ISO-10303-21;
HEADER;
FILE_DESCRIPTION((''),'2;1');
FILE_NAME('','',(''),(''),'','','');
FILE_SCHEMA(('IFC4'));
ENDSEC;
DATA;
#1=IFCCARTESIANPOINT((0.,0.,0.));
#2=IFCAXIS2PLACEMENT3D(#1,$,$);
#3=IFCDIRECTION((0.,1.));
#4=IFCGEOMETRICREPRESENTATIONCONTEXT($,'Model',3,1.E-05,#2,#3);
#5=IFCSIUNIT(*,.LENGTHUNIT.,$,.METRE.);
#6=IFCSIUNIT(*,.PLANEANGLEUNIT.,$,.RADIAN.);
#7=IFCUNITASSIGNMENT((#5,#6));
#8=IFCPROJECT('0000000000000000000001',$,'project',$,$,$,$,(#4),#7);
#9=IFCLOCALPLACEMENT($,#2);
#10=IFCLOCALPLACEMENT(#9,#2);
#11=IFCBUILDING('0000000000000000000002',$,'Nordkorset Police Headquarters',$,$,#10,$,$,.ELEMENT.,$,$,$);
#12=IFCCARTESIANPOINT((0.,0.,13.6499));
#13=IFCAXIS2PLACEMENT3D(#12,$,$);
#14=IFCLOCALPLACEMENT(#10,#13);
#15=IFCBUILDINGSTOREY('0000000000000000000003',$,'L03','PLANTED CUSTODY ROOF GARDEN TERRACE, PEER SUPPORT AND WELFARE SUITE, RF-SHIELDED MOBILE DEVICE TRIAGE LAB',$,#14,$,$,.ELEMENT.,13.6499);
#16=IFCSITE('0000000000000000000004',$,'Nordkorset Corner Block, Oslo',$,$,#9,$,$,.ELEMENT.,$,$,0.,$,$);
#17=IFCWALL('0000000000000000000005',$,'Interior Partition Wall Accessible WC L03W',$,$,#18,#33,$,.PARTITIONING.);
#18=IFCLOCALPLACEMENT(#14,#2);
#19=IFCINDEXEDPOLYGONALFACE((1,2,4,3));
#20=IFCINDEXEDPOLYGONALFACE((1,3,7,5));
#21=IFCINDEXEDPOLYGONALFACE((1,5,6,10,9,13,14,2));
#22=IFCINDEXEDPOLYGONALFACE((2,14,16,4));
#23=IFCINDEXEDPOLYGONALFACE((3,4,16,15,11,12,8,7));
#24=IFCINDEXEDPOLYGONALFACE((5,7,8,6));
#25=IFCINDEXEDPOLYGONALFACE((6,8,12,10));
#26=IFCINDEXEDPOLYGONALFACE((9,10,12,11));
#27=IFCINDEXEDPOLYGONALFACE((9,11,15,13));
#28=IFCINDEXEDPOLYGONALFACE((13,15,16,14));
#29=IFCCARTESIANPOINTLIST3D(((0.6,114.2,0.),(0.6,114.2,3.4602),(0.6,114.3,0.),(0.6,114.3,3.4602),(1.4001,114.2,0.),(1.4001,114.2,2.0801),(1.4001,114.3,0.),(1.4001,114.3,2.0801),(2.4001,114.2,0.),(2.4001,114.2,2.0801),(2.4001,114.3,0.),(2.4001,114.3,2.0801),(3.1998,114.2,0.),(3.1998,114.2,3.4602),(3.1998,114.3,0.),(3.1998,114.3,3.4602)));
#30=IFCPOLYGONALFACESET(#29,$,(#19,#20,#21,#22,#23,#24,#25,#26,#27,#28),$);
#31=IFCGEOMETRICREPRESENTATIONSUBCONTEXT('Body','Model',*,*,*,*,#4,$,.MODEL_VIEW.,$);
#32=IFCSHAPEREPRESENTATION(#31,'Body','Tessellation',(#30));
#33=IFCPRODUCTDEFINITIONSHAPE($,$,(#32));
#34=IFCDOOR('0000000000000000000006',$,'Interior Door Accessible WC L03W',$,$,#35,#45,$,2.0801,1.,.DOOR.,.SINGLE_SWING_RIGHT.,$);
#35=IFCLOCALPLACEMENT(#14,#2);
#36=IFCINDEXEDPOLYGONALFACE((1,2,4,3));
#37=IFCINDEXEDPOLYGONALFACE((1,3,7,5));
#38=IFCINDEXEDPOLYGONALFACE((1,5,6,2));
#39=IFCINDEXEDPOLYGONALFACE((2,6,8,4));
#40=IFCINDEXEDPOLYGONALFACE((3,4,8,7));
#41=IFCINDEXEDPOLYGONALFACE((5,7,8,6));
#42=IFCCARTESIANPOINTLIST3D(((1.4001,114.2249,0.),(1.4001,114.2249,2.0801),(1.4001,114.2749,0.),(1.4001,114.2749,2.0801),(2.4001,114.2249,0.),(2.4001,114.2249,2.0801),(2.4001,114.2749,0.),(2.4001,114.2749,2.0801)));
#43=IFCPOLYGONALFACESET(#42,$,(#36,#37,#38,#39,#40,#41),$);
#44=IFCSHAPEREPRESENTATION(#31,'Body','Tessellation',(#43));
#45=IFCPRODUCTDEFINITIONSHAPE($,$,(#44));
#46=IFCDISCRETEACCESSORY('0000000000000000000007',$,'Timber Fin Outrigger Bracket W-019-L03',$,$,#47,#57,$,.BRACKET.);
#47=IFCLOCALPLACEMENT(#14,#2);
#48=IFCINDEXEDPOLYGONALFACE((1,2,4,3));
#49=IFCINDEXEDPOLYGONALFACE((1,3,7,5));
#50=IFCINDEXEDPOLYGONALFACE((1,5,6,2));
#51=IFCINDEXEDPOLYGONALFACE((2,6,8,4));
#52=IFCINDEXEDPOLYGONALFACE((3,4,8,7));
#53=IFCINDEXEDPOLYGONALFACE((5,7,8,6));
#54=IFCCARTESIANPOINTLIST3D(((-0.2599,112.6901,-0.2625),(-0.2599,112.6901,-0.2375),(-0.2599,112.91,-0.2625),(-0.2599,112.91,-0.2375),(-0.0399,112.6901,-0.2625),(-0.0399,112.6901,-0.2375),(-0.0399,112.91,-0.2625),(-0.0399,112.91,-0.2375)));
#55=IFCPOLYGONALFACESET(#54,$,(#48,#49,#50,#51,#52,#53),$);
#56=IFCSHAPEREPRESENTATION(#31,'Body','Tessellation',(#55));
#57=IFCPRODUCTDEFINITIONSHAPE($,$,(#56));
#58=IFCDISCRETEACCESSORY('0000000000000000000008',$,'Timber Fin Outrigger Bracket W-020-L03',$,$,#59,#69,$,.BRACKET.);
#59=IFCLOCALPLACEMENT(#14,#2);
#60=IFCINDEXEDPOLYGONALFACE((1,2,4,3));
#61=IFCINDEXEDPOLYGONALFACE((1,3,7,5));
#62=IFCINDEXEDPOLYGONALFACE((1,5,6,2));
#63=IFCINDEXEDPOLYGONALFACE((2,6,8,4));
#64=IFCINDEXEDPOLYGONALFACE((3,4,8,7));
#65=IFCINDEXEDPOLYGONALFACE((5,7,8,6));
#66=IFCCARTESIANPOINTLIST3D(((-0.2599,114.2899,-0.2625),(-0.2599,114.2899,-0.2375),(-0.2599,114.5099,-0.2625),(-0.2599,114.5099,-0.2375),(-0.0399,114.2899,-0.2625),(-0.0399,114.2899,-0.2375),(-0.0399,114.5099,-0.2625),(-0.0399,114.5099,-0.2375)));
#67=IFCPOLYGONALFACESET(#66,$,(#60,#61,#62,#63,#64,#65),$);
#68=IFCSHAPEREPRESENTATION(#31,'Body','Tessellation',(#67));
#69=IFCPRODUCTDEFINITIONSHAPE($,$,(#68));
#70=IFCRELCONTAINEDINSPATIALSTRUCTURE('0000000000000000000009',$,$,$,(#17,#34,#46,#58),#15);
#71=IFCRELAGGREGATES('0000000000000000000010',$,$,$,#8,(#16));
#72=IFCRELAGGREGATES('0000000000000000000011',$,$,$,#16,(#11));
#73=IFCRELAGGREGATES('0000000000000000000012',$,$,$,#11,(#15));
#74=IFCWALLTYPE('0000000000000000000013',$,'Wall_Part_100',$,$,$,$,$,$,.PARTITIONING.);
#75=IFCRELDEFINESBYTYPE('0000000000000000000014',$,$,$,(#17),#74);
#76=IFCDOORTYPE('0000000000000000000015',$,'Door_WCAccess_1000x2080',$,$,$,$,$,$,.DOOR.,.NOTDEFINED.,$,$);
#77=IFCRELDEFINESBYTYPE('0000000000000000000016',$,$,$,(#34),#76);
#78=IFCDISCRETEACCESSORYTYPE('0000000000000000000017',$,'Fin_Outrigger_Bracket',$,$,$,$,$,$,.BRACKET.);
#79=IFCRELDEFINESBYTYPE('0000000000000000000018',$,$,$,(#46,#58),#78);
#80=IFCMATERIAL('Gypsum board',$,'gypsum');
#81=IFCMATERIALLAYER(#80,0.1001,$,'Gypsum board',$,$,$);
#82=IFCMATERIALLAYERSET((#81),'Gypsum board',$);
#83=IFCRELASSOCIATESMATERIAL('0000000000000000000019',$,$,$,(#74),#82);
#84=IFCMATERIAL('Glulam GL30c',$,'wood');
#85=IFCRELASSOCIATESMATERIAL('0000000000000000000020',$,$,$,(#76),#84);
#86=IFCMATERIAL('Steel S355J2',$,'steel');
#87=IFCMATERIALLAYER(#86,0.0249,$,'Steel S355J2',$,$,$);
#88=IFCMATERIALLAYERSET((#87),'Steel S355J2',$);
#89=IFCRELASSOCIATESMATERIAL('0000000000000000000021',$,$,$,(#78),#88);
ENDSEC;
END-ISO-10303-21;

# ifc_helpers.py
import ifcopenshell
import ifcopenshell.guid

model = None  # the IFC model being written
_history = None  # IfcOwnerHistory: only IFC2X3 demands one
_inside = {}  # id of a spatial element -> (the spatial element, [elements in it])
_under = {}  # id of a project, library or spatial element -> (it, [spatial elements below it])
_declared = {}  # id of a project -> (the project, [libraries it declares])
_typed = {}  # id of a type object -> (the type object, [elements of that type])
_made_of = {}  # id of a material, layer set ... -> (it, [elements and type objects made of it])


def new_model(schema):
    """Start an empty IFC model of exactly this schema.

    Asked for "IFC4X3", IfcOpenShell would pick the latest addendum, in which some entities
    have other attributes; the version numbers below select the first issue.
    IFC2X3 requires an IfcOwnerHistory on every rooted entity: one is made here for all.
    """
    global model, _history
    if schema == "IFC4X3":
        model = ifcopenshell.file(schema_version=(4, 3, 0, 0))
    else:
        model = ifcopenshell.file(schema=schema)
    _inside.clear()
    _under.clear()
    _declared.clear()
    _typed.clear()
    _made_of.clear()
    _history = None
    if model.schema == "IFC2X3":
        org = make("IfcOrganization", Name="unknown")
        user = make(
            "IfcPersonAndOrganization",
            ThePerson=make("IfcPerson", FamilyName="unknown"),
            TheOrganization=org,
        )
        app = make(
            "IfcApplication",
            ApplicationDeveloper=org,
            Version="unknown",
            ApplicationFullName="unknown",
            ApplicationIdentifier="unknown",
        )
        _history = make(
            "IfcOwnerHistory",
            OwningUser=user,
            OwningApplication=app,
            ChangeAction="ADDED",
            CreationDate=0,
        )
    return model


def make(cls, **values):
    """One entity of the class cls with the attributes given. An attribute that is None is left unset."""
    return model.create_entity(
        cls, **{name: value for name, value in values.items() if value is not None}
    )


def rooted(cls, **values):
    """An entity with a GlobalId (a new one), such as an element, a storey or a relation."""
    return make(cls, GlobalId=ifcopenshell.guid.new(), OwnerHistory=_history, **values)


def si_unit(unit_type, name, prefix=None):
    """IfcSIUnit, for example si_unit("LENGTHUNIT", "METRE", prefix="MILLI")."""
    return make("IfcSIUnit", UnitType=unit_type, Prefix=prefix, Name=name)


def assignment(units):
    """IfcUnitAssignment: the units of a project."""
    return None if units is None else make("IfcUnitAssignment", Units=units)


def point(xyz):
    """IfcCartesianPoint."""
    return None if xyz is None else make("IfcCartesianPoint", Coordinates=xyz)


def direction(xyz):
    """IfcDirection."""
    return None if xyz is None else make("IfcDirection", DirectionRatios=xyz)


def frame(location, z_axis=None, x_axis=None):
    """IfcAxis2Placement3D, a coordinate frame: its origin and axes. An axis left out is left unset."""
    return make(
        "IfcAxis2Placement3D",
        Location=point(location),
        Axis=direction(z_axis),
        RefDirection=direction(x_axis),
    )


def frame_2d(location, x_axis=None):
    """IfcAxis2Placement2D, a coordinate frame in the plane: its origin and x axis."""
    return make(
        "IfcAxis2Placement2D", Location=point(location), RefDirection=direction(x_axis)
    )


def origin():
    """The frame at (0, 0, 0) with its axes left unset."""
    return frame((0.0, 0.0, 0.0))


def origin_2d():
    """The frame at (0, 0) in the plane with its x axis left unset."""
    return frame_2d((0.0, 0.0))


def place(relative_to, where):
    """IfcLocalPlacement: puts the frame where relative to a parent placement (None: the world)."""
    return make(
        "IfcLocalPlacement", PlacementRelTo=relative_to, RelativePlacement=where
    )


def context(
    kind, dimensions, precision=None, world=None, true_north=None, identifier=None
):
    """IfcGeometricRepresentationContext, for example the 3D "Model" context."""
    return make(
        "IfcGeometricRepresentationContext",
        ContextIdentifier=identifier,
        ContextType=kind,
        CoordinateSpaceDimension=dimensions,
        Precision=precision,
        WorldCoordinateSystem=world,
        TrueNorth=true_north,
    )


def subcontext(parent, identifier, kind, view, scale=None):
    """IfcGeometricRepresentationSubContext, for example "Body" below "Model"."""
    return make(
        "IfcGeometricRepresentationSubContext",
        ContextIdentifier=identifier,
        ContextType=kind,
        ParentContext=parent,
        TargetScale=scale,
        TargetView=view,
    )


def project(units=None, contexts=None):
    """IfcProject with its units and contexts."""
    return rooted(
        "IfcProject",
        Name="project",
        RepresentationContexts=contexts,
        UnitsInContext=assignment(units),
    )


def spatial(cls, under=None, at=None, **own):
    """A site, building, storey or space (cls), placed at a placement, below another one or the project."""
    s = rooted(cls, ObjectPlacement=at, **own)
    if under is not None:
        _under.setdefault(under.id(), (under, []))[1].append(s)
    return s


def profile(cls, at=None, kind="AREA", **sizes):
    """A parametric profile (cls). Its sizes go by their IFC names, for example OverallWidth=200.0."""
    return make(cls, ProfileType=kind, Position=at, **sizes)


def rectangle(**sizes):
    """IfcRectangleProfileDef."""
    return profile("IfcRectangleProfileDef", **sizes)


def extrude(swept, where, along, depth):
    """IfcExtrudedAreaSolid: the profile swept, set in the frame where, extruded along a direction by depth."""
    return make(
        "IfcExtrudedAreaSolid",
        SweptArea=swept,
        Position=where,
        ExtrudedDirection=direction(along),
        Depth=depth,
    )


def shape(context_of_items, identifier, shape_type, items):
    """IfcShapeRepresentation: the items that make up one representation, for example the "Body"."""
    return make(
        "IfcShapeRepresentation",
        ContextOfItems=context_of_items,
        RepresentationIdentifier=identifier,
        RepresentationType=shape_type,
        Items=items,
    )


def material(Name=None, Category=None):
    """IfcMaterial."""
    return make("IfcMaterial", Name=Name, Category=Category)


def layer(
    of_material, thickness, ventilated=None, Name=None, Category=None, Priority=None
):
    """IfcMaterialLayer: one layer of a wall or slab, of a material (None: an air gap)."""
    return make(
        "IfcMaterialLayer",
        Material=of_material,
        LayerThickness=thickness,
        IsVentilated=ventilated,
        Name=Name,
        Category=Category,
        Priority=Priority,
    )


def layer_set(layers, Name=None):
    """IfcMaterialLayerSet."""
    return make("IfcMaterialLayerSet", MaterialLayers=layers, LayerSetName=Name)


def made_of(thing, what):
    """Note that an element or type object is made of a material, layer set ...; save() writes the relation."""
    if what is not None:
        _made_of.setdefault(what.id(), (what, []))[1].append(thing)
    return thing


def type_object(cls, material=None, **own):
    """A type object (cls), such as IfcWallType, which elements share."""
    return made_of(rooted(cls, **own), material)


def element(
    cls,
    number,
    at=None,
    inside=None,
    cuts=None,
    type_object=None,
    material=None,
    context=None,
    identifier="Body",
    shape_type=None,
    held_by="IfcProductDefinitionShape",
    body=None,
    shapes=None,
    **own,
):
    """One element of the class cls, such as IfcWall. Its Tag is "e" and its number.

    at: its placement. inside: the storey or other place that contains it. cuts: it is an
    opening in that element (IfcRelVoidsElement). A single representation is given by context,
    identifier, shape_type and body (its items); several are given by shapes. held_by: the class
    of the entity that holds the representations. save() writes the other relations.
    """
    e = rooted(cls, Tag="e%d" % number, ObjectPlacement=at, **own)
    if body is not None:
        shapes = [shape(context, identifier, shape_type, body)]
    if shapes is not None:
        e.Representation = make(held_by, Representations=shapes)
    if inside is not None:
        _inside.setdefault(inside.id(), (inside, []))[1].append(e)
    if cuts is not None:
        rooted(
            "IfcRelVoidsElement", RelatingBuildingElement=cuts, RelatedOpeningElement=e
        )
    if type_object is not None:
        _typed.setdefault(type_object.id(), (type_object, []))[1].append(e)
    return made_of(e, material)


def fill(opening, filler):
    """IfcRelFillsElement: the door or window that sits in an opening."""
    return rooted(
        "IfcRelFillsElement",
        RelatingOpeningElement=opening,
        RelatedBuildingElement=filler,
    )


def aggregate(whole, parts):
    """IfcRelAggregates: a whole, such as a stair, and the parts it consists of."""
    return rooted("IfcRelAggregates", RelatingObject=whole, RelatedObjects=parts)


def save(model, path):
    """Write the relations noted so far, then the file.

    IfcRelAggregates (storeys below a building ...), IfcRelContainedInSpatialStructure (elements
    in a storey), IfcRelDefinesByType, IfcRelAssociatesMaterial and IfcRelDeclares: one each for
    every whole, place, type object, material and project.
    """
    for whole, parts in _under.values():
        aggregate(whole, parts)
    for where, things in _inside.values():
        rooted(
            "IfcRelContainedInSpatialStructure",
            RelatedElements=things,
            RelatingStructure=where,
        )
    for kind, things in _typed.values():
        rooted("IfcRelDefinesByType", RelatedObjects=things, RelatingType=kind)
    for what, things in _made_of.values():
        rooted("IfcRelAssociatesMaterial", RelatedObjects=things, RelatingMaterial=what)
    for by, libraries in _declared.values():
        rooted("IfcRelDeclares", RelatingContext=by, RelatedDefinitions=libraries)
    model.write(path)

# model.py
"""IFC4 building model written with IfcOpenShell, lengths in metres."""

from ifc_helpers import new_model, si_unit, direction, frame, frame_2d, origin, origin_2d, place, context, subcontext, project, spatial, rectangle, extrude, material, layer, layer_set, type_object, element, fill, save


model = new_model("IFC4")

# Units and contexts
model_context = context("Model", 3, precision=1e-05, world=origin(), true_north=direction((0.0, 1.0)))
body_context = subcontext(model_context, "Body", "Model", "MODEL_VIEW")
ifc_project = project(units=[si_unit("LENGTHUNIT", "METRE"), si_unit("PLANEANGLEUNIT", "RADIAN")], contexts=[model_context])

# Site, building, storey
site_placement = place(None, origin())
site = spatial("IfcSite", under=ifc_project, at=site_placement, Name="Nordkorset Corner Block, Oslo", CompositionType="ELEMENT", RefElevation=0.0)
building_placement = place(site_placement, origin())
building = spatial("IfcBuilding", under=site, at=building_placement, Name="Nordkorset Police Headquarters", CompositionType="ELEMENT")
storey_placement = place(building_placement, frame((0.0, 0.0, 13.6499)))
storey = spatial("IfcBuildingStorey", under=building, at=storey_placement, Name="L03", Description="PLANTED CUSTODY ROOF GARDEN TERRACE, PEER SUPPORT AND WELFARE SUITE, RF-SHIELDED MOBILE DEVICE TRIAGE LAB", CompositionType="ELEMENT", Elevation=13.6499)

# Wall, opening, door
ifc_material_1 = material(Name="Gypsum board", Category="gypsum")
ifc_layer_1 = layer(ifc_material_1, 0.1001, Name="Gypsum board")
ifc_layer_set_1 = layer_set([ifc_layer_1], Name="Gypsum board")
wall_type = type_object("IfcWallType", Name="Wall_Part_100", PredefinedType="PARTITIONING", material=ifc_layer_set_1)
wall_placement = place(storey_placement, frame((0.6001, 114.25, 0.0), z_axis=(0.0, 0.0, 1.0), x_axis=(1.0, 0.0, 0.0)))
wall = element("IfcWall", 1, at=wall_placement, inside=storey, type_object=wall_type, Name="Interior Partition Wall Accessible WC L03W", PredefinedType="PARTITIONING", context=body_context, shape_type="SweptSolid", body=[
    extrude(rectangle(XDim=2.5999, YDim=0.1001, at=frame_2d((1.2998, 0.0))), origin(), (0.0, 0.0, 1.0), 3.4602),
])
opening_placement = place(wall_placement, frame((0.8, 0.0, 0.0)))
opening = element("IfcOpeningElement", 2, at=opening_placement, cuts=wall, PredefinedType="OPENING", context=body_context, shape_type="SweptSolid", body=[
    extrude(rectangle(XDim=1.0, YDim=2.0801, at=frame_2d((0.5, 1.04))), frame((0.0, 0.0601, 0.0), z_axis=(0.0, -1.0, 0.0), x_axis=(1.0, 0.0, 0.0)), (0.0, 0.0, 1.0), 0.1201),
])
ifc_material_2 = material(Name="Glulam GL30c", Category="wood")
door_type = type_object("IfcDoorType", Name="Door_WCAccess_1000x2080", OperationType="NOTDEFINED", PredefinedType="DOOR", material=ifc_material_2)
door_placement = place(opening_placement, origin())
door = element("IfcDoor", 3, at=door_placement, inside=storey, type_object=door_type, Name="Interior Door Accessible WC L03W", OperationType="SINGLE_SWING_RIGHT", OverallHeight=2.0801, OverallWidth=1.0, PredefinedType="DOOR", context=body_context, shape_type="SweptSolid", body=[
    extrude(rectangle(XDim=1.0, YDim=2.0801, at=frame_2d((0.5, 1.04))), frame((0.0, 0.0249, 0.0), z_axis=(0.0, -1.0, 0.0), x_axis=(1.0, 0.0, 0.0)), (0.0, 0.0, 1.0), 0.05),
])
fill(opening, door)

# Discrete accessories
ifc_material_3 = material(Name="Steel S355J2", Category="steel")
ifc_layer_2 = layer(ifc_material_3, 0.0249, Name="Steel S355J2")
ifc_layer_set_2 = layer_set([ifc_layer_2], Name="Steel S355J2")
discrete_accessory_type = type_object("IfcDiscreteAccessoryType", Name="Fin_Outrigger_Bracket", PredefinedType="BRACKET", material=ifc_layer_set_2)
for number, where, z_axis, x_axis, name in (
    (4, (-0.1499, 112.8, -0.2625), (0.0, 0.0, 1.0), (1.0, 0.0, 0.0), "Timber Fin Outrigger Bracket W-019-L03"),
    (5, (-0.1499, 114.3999, -0.2625), (0.0, 0.0, 1.0), (1.0, 0.0, 0.0), "Timber Fin Outrigger Bracket W-020-L03"),
):
    element("IfcDiscreteAccessory", number, at=place(storey_placement, frame(where, z_axis=z_axis, x_axis=x_axis)), inside=storey, type_object=discrete_accessory_type, Name=name, PredefinedType="BRACKET", context=body_context, shape_type="SweptSolid", body=[
        extrude(rectangle(XDim=0.22, YDim=0.22, at=origin_2d()), origin(), (0.0, 0.0, 1.0), 0.0249),
    ])

save(model, "model.ifc")
